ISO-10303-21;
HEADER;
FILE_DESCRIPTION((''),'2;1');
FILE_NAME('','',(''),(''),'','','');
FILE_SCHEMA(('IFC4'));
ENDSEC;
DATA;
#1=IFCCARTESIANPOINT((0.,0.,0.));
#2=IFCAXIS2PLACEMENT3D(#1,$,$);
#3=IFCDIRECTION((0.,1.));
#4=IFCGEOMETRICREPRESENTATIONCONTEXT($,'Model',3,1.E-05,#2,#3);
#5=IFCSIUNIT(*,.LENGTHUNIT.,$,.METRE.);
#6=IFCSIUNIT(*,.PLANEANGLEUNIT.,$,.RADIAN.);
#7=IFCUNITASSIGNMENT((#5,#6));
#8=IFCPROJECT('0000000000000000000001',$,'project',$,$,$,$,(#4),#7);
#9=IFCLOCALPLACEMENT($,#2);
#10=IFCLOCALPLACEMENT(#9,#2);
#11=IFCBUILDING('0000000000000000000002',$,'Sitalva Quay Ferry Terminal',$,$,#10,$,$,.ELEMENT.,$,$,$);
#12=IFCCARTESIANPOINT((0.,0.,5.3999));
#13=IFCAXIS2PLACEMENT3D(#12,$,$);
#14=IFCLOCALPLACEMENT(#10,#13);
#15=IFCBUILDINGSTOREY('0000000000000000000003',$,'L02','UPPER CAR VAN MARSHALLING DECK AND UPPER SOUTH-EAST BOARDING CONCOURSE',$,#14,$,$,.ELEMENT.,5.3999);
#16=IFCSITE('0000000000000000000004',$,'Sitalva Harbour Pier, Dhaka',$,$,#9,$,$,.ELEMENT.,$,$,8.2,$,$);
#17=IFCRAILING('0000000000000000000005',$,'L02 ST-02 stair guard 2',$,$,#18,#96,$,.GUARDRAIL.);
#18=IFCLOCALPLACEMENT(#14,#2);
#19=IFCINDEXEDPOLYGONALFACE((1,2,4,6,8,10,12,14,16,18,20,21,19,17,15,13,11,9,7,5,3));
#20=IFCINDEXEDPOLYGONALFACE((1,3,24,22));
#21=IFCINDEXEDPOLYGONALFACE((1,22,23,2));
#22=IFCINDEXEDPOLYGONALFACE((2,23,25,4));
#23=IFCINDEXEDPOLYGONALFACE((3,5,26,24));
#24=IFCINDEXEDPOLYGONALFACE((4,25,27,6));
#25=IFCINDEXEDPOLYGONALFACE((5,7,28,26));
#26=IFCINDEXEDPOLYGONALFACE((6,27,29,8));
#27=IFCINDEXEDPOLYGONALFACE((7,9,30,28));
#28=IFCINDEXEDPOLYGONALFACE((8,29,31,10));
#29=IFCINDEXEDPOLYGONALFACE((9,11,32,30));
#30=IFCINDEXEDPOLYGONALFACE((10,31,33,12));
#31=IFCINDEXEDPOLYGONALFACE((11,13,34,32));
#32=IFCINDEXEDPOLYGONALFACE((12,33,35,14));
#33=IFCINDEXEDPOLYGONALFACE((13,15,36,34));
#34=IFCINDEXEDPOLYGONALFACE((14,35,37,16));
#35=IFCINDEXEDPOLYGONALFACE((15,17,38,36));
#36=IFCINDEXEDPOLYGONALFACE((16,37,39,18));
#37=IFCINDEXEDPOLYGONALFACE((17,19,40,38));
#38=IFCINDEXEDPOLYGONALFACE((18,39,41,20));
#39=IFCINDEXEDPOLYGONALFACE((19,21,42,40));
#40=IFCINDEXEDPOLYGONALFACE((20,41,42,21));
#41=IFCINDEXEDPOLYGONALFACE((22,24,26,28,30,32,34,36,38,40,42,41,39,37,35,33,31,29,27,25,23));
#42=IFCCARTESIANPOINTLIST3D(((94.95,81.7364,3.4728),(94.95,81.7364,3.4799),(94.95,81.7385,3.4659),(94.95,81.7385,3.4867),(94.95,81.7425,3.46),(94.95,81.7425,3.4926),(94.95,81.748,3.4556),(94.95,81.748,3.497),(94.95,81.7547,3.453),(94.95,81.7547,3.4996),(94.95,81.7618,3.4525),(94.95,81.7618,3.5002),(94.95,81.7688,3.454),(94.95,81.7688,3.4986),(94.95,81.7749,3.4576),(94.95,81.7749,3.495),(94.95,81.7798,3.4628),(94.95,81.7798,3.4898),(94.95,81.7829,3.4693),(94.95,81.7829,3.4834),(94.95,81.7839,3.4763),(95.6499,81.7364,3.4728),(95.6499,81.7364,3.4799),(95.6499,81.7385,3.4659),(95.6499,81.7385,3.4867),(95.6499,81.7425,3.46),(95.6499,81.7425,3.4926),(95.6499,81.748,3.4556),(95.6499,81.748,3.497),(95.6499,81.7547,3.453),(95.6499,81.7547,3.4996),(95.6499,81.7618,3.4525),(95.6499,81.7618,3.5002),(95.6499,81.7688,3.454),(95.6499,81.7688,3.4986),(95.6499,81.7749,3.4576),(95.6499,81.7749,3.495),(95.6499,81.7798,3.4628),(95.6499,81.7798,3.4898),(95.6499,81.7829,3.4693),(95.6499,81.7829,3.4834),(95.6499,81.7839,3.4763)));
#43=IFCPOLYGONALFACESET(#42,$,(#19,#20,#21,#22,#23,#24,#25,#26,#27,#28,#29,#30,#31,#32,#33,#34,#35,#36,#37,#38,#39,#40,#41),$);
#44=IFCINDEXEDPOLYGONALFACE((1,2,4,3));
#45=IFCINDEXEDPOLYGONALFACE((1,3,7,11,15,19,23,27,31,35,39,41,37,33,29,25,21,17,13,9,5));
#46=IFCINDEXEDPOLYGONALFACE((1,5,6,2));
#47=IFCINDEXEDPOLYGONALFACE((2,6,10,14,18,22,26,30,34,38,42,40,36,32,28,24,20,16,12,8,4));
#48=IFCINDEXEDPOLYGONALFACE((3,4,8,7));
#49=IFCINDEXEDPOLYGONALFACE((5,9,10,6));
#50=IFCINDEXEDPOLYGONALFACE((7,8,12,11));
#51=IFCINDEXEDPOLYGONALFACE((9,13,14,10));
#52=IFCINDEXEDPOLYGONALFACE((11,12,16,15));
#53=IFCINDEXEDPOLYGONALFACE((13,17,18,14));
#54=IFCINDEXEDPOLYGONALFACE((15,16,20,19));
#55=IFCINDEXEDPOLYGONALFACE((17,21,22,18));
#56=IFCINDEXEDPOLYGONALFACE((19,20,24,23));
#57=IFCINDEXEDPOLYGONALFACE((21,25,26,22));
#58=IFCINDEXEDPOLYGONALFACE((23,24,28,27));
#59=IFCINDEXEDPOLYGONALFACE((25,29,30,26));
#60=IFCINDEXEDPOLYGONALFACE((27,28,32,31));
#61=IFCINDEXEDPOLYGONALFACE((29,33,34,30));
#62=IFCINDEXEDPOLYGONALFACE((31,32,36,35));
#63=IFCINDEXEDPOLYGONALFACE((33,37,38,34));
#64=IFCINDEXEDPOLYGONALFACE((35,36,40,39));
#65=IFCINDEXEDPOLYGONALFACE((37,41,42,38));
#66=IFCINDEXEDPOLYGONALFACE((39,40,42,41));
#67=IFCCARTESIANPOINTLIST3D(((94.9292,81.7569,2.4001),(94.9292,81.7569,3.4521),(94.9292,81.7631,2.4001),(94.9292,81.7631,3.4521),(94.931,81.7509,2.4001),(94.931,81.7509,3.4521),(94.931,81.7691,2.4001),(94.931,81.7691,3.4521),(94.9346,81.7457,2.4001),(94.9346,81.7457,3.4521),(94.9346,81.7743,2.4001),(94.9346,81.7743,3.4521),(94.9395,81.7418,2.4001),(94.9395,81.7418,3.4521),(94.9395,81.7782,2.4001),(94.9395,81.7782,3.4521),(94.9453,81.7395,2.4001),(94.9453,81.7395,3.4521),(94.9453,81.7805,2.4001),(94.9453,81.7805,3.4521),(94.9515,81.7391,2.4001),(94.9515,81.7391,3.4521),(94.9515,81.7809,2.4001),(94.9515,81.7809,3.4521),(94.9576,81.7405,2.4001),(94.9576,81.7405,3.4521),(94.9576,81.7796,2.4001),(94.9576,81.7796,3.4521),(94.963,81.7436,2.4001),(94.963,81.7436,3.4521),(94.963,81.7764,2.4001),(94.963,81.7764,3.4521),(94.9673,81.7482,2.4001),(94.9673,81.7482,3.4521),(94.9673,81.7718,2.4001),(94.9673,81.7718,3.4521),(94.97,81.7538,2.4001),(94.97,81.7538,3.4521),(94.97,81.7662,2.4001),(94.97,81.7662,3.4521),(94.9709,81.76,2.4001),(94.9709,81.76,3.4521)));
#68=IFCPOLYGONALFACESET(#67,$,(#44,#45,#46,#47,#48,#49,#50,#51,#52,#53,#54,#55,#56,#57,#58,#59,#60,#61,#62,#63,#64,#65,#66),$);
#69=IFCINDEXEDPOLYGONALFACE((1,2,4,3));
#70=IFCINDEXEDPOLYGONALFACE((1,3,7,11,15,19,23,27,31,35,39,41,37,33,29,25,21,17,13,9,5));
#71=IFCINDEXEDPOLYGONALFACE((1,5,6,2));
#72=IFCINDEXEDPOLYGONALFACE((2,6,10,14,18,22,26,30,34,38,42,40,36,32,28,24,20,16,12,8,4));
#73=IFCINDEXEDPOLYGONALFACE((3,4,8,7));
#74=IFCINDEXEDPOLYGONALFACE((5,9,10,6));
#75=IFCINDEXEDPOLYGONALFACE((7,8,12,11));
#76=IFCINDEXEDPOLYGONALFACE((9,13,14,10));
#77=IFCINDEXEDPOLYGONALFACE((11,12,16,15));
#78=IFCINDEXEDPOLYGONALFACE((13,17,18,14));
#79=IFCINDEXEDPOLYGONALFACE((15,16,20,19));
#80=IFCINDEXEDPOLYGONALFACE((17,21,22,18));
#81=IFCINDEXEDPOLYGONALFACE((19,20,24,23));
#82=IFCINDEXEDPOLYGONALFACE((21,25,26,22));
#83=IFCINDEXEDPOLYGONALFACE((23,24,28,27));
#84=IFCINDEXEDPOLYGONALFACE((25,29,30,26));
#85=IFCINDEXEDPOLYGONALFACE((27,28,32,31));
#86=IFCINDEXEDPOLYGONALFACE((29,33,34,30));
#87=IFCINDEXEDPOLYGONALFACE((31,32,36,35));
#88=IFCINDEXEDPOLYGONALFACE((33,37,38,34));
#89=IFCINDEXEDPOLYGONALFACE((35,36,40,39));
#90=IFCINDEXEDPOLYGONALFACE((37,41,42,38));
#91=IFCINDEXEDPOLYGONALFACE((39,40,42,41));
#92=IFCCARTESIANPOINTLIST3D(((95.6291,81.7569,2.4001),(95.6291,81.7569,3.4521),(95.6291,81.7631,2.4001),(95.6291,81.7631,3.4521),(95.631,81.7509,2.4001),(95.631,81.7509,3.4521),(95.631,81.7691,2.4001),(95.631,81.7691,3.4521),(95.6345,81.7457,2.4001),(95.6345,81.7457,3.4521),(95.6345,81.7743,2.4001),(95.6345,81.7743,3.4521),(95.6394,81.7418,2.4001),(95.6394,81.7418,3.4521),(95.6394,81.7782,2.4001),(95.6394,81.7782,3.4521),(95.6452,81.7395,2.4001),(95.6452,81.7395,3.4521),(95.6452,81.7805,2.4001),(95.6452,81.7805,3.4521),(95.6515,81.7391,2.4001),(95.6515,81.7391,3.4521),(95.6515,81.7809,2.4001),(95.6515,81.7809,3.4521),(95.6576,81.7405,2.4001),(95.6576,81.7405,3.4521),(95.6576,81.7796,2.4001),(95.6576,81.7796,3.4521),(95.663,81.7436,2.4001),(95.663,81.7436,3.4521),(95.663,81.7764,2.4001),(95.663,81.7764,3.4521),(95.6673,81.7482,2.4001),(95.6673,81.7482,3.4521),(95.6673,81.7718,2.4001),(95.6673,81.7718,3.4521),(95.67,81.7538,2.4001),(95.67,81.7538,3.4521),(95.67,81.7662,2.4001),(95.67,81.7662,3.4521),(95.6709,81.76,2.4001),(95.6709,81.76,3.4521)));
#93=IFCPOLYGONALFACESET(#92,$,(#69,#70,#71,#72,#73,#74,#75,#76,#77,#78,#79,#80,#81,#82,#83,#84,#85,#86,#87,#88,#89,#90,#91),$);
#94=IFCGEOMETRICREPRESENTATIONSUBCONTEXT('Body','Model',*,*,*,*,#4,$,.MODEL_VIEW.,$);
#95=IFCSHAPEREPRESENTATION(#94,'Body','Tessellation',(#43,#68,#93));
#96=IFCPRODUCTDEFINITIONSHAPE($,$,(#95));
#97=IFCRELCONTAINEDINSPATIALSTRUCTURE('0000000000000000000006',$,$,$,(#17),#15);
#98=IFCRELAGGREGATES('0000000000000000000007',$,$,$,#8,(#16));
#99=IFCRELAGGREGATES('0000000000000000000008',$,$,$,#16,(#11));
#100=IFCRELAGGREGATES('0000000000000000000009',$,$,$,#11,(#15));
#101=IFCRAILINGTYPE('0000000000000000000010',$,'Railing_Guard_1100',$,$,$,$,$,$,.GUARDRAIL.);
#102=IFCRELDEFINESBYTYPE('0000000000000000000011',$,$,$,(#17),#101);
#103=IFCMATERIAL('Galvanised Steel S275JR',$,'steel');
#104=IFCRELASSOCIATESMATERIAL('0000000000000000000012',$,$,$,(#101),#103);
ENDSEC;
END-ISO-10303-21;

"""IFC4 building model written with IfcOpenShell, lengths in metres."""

from ifc_helpers import new_model, si_unit, direction, frame, origin, origin_2d, place, context, subcontext, project, spatial, circle, extrude, material, type_object, element, save


model = new_model("IFC4")

# Units and contexts
model_context = context("Model", 3, precision=1e-05, world=origin(), true_north=direction((0.0, 1.0)))
body_context = subcontext(model_context, "Body", "Model", "MODEL_VIEW")
ifc_project = project(units=[si_unit("LENGTHUNIT", "METRE"), si_unit("PLANEANGLEUNIT", "RADIAN")], contexts=[model_context])

# Site, building, storey
site_placement = place(None, origin())
site = spatial("IfcSite", under=ifc_project, at=site_placement, Name="Sitalva Harbour Pier, Dhaka", CompositionType="ELEMENT", RefElevation=8.2)
building_placement = place(site_placement, origin())
building = spatial("IfcBuilding", under=site, at=building_placement, Name="Sitalva Quay Ferry Terminal", CompositionType="ELEMENT")
storey_placement = place(building_placement, frame((0.0, 0.0, 5.3999)))
storey = spatial("IfcBuildingStorey", under=building, at=storey_placement, Name="L02", Description="UPPER CAR VAN MARSHALLING DECK AND UPPER SOUTH-EAST BOARDING CONCOURSE", CompositionType="ELEMENT", Elevation=5.3999)

# Railing
ifc_material_1 = material(Name="Galvanised Steel S275JR", Category="steel")
railing_type_1 = type_object("IfcRailingType", Name="Railing_Guard_1100", PredefinedType="GUARDRAIL", material=ifc_material_1)
railing_1_placement = place(storey_placement, frame((94.95, 81.76, 2.4001)))
element("IfcRailing", 1, at=railing_1_placement, inside=storey, type_object=railing_type_1, Name="L02 ST-02 stair guard 2", PredefinedType="GUARDRAIL", context=body_context, shape_type="SweptSolid", body=[
    extrude(circle(Radius=0.0239, at=origin_2d()), frame((0.0, 0.0, 1.0762), z_axis=(1.0, 0.0, 0.0), x_axis=(0.0, 1.0, 0.0)), (0.0, 0.0, 1.0), 0.7),
    extrude(circle(Radius=0.021, at=origin_2d()), origin(), (0.0, 0.0, 1.0), 1.052),
    extrude(circle(Radius=0.021, at=origin_2d()), frame((0.7, 0.0, 0.0)), (0.0, 0.0, 1.0), 1.052),
])

save(model, "model.ifc")
